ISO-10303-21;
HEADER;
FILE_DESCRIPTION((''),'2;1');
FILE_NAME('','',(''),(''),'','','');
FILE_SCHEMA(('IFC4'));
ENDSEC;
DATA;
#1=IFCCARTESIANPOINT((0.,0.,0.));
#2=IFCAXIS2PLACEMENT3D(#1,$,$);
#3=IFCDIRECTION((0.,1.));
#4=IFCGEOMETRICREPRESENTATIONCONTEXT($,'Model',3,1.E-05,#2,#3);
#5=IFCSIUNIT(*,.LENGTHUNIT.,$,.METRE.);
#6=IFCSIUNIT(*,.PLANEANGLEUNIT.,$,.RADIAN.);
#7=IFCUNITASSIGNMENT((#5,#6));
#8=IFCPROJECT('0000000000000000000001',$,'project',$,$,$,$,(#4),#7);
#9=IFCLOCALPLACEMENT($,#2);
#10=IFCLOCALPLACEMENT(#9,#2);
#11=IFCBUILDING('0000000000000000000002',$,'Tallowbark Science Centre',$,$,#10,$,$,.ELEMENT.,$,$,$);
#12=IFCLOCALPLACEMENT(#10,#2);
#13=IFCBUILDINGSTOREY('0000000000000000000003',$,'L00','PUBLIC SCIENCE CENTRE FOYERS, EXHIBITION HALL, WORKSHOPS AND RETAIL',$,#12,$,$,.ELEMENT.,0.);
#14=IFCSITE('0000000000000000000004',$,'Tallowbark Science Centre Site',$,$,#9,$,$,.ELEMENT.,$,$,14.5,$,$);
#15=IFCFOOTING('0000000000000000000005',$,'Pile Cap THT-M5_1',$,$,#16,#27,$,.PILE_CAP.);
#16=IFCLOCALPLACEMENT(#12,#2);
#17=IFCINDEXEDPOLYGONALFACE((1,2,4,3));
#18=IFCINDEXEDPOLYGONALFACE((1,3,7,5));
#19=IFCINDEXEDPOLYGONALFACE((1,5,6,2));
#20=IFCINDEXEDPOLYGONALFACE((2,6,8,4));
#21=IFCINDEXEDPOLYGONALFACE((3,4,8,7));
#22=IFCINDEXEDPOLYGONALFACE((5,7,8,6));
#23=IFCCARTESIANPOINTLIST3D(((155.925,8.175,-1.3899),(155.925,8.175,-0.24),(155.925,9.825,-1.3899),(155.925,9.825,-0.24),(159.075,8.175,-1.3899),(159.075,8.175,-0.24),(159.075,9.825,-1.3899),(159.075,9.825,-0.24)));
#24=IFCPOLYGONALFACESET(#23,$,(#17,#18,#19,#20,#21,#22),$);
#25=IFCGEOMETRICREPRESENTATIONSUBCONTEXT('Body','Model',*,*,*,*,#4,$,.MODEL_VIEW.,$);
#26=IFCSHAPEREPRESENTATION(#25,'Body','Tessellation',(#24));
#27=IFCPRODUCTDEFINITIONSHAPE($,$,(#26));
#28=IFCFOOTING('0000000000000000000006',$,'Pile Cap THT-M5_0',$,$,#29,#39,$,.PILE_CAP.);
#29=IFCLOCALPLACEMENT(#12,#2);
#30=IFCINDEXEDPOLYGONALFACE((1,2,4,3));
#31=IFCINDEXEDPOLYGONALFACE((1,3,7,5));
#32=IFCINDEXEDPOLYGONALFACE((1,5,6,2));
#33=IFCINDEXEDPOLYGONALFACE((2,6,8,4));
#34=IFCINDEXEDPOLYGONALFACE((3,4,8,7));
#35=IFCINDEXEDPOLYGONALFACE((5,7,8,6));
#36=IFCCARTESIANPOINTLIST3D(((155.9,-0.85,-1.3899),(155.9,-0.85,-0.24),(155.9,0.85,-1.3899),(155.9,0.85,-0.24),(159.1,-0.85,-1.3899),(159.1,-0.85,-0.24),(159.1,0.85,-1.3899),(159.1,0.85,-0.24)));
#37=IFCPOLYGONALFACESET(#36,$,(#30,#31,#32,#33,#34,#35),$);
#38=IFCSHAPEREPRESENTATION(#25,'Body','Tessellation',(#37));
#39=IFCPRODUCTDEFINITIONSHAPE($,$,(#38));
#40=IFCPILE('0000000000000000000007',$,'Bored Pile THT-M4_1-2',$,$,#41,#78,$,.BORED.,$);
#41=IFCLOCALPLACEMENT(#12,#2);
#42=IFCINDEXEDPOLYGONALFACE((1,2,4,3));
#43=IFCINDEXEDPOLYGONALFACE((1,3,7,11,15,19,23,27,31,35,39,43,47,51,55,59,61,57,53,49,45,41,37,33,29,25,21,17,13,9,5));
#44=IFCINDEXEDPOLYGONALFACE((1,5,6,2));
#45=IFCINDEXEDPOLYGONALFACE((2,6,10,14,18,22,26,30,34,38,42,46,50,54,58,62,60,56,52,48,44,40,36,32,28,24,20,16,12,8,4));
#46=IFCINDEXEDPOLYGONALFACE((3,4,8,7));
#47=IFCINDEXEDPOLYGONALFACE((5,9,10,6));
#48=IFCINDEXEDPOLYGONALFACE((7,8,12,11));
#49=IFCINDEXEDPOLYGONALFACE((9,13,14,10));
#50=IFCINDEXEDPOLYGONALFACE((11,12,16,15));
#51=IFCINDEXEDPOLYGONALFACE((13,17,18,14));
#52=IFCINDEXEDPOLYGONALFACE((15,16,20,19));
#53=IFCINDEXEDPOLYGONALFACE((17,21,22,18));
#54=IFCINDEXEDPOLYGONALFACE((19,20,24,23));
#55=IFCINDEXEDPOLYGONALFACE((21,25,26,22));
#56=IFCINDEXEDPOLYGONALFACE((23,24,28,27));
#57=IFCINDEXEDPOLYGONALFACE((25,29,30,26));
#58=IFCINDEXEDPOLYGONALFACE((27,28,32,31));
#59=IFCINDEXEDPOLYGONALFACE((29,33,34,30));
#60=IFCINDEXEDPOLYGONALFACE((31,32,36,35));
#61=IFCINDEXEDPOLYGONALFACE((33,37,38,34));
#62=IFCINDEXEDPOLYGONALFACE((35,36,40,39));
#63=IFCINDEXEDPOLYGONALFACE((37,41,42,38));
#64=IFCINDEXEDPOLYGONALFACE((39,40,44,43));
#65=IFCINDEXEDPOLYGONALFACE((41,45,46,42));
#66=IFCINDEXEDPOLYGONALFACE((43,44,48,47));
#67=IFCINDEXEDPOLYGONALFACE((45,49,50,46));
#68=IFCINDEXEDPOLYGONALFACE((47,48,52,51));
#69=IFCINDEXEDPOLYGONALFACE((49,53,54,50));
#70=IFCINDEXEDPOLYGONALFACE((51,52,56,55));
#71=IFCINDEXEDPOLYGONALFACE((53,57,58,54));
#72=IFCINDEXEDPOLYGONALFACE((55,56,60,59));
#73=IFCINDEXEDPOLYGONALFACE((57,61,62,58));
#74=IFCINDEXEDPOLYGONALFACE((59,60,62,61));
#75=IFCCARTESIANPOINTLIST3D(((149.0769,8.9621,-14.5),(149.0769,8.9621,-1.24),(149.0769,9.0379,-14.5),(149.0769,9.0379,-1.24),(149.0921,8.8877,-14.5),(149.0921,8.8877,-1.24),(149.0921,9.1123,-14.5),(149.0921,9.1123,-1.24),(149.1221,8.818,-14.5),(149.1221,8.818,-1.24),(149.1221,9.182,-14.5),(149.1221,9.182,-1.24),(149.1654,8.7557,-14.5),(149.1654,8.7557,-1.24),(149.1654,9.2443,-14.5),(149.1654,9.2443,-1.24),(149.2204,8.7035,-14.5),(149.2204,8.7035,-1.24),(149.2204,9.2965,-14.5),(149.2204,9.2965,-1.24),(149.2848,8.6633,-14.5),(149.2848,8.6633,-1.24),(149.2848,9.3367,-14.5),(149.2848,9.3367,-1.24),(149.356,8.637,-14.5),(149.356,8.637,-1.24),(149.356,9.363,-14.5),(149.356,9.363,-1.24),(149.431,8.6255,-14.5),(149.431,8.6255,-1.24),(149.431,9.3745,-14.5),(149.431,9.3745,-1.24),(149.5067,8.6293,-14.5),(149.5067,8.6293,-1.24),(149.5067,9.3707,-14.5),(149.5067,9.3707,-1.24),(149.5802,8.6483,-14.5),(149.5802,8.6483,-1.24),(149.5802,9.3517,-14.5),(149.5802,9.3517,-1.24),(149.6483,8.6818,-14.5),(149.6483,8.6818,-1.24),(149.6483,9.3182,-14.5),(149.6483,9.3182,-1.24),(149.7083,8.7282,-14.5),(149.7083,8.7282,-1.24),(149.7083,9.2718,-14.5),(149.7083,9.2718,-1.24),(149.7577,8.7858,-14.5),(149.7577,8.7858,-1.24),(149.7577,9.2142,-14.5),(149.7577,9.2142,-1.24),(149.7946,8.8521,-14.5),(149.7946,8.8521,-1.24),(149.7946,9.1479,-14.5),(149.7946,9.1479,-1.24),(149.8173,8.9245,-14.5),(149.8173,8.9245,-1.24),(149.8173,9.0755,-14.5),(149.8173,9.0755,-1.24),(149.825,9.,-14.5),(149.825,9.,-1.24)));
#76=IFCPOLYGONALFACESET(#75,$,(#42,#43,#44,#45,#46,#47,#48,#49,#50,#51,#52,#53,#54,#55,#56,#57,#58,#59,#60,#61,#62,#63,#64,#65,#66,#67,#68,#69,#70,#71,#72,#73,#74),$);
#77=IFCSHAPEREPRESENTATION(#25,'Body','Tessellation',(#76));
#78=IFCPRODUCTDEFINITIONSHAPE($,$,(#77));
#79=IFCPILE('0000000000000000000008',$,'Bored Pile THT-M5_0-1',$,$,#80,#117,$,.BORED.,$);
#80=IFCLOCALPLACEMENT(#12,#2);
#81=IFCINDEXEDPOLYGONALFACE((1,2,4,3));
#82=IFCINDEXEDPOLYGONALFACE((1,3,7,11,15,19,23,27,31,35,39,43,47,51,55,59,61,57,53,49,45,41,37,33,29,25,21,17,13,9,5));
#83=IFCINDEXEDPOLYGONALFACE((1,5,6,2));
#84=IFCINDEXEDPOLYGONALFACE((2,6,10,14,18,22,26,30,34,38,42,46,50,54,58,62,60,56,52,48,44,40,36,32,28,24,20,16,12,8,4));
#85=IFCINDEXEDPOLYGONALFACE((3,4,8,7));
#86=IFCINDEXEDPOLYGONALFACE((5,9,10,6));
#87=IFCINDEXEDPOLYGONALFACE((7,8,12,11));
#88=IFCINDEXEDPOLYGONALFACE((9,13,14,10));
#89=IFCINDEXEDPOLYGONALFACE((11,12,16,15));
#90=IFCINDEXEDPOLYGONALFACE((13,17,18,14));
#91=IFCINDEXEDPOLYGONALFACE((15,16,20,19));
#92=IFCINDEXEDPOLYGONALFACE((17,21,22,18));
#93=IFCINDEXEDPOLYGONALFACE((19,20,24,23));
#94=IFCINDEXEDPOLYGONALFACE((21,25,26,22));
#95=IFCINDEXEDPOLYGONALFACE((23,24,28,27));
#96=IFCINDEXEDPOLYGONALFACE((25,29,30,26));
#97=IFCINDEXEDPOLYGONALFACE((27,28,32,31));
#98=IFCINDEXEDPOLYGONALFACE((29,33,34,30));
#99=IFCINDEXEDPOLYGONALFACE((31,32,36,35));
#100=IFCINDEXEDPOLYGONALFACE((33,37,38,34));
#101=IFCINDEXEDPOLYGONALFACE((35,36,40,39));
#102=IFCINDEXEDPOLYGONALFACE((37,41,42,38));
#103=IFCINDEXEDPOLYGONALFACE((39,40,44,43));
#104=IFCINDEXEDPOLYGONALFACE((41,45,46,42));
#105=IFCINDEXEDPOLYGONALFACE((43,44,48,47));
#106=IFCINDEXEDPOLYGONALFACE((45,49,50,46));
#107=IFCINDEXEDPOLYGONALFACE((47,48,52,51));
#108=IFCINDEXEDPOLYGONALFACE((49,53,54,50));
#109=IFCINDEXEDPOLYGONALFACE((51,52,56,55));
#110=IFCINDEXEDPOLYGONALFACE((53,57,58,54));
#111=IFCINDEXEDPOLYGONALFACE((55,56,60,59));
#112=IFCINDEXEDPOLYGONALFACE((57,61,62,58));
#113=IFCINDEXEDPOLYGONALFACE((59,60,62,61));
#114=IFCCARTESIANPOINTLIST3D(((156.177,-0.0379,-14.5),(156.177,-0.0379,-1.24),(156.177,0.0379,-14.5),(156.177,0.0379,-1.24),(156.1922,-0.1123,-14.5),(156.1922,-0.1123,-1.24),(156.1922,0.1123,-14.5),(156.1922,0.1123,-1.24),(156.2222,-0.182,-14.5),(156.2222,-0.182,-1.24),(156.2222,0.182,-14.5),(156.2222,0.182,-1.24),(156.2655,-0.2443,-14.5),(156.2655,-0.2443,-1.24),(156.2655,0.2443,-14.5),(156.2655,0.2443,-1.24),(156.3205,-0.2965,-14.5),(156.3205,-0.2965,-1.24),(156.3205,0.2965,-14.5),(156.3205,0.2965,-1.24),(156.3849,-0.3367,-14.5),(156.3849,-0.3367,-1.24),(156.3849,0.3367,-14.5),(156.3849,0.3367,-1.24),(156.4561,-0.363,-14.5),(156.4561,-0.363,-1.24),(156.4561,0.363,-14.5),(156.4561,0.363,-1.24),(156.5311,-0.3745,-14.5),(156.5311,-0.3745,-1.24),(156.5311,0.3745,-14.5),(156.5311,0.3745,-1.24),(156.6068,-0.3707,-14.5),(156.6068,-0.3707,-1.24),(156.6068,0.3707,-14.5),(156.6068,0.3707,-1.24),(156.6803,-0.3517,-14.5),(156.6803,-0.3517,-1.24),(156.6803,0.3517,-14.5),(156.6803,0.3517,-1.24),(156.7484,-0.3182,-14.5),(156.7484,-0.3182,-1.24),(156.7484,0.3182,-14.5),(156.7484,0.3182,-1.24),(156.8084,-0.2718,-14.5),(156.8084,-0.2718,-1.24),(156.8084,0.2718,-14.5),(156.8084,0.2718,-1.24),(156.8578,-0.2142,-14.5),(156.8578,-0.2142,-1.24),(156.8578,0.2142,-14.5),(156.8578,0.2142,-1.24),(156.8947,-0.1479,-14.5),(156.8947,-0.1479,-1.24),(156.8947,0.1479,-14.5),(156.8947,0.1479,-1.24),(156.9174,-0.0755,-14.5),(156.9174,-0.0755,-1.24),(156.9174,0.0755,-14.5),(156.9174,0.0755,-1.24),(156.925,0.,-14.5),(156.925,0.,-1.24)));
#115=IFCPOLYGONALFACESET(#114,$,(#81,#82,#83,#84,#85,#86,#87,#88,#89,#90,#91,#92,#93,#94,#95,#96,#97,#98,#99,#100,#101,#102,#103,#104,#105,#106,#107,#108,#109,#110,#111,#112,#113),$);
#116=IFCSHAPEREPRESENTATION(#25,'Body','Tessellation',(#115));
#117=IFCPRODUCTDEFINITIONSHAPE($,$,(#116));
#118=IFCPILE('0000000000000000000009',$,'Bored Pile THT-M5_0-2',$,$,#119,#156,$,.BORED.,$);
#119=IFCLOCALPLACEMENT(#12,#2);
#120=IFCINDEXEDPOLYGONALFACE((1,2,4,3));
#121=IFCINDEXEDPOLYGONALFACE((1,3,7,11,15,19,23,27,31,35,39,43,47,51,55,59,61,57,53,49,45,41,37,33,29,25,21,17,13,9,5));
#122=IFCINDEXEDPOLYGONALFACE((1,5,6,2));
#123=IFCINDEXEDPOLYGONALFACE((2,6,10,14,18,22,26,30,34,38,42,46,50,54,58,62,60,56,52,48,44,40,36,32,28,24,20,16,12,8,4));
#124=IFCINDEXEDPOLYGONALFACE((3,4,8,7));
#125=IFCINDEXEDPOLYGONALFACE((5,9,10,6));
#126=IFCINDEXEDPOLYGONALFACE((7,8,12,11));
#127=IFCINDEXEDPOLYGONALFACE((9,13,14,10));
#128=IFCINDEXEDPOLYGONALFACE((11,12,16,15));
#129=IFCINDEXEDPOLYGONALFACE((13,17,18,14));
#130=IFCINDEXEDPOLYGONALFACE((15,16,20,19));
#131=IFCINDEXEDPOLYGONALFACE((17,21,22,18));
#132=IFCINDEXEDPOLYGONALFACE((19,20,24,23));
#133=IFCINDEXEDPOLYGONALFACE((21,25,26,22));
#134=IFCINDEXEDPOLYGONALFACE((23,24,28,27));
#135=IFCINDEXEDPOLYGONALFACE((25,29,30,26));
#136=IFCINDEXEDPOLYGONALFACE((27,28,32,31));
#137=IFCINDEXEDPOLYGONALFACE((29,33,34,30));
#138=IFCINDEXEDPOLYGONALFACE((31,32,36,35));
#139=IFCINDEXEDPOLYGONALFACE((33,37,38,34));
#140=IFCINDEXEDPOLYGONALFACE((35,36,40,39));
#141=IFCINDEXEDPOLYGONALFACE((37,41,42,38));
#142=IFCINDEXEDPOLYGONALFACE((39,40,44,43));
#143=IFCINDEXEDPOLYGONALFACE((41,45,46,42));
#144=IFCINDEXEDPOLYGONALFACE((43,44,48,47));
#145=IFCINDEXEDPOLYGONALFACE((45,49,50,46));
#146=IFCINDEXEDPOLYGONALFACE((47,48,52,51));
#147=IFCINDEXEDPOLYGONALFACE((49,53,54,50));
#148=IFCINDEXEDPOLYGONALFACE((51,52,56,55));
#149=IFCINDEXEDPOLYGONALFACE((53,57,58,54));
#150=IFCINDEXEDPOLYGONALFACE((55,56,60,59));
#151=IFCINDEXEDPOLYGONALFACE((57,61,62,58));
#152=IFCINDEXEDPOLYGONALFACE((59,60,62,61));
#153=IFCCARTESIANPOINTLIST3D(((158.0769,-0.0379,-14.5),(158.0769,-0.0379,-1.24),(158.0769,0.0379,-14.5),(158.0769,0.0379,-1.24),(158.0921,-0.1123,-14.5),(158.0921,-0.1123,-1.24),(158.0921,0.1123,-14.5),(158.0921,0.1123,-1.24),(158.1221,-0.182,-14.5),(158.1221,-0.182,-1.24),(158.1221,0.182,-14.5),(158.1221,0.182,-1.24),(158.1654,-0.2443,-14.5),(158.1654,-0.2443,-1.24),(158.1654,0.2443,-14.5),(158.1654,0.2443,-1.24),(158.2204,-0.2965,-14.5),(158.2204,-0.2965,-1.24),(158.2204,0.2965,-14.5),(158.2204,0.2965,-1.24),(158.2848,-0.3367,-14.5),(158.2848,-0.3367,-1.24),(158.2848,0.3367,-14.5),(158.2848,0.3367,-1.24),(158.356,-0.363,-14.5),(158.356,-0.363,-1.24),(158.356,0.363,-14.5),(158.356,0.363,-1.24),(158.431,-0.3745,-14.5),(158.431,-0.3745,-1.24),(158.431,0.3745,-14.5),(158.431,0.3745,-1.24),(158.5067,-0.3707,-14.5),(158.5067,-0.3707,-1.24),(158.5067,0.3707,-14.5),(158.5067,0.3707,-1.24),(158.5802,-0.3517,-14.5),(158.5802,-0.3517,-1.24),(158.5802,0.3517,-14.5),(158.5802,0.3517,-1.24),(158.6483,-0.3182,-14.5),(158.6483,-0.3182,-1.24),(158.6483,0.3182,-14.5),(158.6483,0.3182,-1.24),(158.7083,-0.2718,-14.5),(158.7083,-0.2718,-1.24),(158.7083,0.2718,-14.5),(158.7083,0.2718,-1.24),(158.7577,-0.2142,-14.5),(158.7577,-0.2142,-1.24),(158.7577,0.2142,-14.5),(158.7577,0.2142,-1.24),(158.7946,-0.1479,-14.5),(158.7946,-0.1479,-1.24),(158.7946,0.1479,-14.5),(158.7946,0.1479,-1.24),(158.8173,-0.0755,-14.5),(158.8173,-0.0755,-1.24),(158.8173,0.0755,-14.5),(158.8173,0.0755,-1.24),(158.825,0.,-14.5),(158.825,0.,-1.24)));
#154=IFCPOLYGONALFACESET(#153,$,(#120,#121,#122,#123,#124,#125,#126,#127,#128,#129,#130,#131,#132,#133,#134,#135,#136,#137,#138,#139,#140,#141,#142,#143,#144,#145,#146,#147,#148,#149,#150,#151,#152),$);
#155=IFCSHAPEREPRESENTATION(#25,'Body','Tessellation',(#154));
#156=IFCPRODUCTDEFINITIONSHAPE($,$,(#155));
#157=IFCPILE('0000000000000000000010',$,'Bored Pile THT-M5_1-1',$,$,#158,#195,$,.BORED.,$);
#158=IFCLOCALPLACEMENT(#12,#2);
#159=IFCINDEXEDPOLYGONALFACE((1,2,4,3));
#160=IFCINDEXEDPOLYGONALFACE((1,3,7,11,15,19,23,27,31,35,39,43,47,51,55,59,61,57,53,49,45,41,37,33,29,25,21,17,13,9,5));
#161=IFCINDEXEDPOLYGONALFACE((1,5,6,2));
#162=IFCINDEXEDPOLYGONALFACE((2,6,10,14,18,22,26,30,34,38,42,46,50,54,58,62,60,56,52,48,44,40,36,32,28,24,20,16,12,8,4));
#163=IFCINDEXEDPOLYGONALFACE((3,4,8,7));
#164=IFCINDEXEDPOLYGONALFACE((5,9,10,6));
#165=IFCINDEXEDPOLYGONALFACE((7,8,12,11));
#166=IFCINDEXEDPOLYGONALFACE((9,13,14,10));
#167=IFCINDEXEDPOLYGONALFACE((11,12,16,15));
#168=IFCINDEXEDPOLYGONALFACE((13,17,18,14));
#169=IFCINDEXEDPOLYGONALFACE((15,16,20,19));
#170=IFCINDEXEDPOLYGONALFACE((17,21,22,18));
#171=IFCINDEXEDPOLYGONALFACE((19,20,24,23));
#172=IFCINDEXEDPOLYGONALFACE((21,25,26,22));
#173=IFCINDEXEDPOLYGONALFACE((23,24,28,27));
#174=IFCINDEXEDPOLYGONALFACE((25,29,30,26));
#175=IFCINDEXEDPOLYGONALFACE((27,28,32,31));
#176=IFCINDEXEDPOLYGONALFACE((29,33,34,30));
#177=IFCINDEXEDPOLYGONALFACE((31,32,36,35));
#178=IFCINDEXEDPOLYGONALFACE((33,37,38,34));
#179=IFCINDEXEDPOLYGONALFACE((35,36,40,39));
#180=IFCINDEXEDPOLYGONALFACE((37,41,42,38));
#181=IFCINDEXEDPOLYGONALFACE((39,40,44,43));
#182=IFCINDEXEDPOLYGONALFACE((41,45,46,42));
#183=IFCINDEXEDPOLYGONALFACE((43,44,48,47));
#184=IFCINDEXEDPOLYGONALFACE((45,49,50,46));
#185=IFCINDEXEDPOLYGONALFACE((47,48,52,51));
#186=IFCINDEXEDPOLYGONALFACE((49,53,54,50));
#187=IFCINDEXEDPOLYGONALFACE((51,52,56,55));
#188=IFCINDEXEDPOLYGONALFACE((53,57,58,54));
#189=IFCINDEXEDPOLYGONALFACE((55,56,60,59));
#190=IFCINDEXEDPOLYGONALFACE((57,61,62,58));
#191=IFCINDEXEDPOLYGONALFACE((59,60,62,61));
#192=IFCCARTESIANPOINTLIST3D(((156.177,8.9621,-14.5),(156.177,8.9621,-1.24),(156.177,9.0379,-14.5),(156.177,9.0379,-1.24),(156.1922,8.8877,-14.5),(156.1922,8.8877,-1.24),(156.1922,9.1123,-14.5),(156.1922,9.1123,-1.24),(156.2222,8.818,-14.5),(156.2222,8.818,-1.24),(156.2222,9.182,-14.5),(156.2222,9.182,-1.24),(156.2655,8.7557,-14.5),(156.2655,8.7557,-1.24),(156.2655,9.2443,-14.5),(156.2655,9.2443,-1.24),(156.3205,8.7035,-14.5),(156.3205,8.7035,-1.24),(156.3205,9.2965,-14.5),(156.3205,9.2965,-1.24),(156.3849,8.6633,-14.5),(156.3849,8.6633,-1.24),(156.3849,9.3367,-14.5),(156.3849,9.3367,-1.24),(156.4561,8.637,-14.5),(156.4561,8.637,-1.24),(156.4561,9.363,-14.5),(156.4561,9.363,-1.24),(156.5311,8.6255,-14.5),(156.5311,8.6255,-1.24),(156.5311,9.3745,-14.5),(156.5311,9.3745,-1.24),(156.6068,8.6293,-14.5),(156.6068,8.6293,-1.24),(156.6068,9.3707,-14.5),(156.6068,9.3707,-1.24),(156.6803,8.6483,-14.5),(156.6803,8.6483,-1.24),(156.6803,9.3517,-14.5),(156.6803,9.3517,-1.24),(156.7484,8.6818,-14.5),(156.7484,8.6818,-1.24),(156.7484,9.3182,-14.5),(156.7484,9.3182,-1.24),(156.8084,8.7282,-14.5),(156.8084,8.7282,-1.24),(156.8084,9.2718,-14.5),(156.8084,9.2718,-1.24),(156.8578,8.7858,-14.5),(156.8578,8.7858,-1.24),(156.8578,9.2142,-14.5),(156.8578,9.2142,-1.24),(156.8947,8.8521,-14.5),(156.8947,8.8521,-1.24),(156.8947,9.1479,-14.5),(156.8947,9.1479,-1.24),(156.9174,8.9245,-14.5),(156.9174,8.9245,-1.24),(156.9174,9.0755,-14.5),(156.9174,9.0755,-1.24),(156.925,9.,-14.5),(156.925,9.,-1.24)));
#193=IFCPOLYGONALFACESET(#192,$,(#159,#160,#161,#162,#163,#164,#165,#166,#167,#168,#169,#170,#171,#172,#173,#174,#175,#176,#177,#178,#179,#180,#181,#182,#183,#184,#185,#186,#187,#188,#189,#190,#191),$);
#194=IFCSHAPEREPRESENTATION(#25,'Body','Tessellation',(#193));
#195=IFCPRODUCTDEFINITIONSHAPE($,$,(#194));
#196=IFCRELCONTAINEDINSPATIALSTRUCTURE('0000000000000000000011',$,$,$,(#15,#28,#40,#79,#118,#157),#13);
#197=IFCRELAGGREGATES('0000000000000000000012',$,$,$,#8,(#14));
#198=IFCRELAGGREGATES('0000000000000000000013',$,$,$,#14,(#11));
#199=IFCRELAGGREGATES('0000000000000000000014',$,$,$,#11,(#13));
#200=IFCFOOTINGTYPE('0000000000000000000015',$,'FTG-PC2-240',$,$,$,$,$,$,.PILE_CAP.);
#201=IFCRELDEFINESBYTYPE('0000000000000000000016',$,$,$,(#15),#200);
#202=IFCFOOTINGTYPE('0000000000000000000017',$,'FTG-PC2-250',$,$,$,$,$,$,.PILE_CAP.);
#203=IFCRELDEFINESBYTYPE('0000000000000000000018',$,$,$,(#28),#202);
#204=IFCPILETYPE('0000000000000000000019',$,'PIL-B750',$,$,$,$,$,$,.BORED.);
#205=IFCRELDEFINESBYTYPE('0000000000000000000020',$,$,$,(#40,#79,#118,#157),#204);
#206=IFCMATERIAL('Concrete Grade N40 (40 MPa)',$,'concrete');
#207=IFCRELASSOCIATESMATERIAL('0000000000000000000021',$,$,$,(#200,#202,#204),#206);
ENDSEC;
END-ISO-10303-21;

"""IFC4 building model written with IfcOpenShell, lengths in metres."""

from ifc_helpers import new_model, si_unit, direction, frame, origin, origin_2d, place, context, subcontext, project, spatial, rectangle, circle, extrude, material, material_profile, profile_set, type_object, element, save


model = new_model("IFC4")

# Units and contexts
model_context = context("Model", 3, precision=1e-05, world=origin(), true_north=direction((0.0, 1.0)))
body_context = subcontext(model_context, "Body", "Model", "MODEL_VIEW")
ifc_project = project(units=[si_unit("LENGTHUNIT", "METRE"), si_unit("PLANEANGLEUNIT", "RADIAN")], contexts=[model_context])

# Site, building, storey
site_placement = place(None, origin())
site = spatial("IfcSite", under=ifc_project, at=site_placement, Name="Tallowbark Science Centre Site", CompositionType="ELEMENT", RefElevation=14.5)
building_placement = place(site_placement, origin())
building = spatial("IfcBuilding", under=site, at=building_placement, Name="Tallowbark Science Centre", CompositionType="ELEMENT")
storey_placement = place(building_placement, origin())
storey = spatial("IfcBuildingStorey", under=building, at=storey_placement, Name="L00", Description="PUBLIC SCIENCE CENTRE FOYERS, EXHIBITION HALL, WORKSHOPS AND RETAIL", CompositionType="ELEMENT", Elevation=0.0)

# Footings
ifc_material_1 = material(Name="Concrete Grade N40 (40 MPa)", Category="concrete")
footing_type_1 = type_object("IfcFootingType", Name="FTG-PC2-240", PredefinedType="PILE_CAP", material=ifc_material_1)
footing_1_placement = place(storey_placement, frame((157.5, 9.0, -1.3899), z_axis=(0.0, 0.0, 1.0), x_axis=(1.0, 0.0, 0.0)))
element("IfcFooting", 1, at=footing_1_placement, inside=storey, type_object=footing_type_1, Name="Pile Cap THT-M5_1", PredefinedType="PILE_CAP", context=body_context, shape_type="SweptSolid", body=[
    extrude(rectangle(XDim=3.1499, YDim=1.6499, at=origin_2d()), origin(), (0.0, 0.0, 1.0), 1.1499),
])
footing_type_2 = type_object("IfcFootingType", Name="FTG-PC2-250", PredefinedType="PILE_CAP", material=ifc_material_1)
footing_2_placement = place(storey_placement, frame((157.5, 0.0, -1.3899), z_axis=(0.0, 0.0, 1.0), x_axis=(1.0, 0.0, 0.0)))
element("IfcFooting", 2, at=footing_2_placement, inside=storey, type_object=footing_type_2, Name="Pile Cap THT-M5_0", PredefinedType="PILE_CAP", context=body_context, shape_type="SweptSolid", body=[
    extrude(rectangle(XDim=3.2, YDim=1.7, at=origin_2d()), origin(), (0.0, 0.0, 1.0), 1.1499),
])

# Piles
ifc_material_profile_1 = material_profile(ifc_material_1, circle(Radius=0.375, at=origin_2d()), Name="PILE750")
ifc_profile_set_1 = profile_set([ifc_material_profile_1], Name="Concrete Grade N40 (40 MPa)")
pile_type = type_object("IfcPileType", Name="PIL-B750", PredefinedType="BORED", material=ifc_profile_set_1)
for number, where, z_axis, x_axis, name in (
    (3, (149.45, 9.0, -1.24), (0.0, 0.0, -1.0), (1.0, 0.0, 0.0), "Bored Pile THT-M4_1-2"),
    (4, (156.55, 0.0, -1.24), (0.0, 0.0, -1.0), (1.0, 0.0, 0.0), "Bored Pile THT-M5_0-1"),
    (5, (158.45, 0.0, -1.24), (0.0, 0.0, -1.0), (1.0, 0.0, 0.0), "Bored Pile THT-M5_0-2"),
    (6, (156.55, 9.0, -1.24), (0.0, 0.0, -1.0), (1.0, 0.0, 0.0), "Bored Pile THT-M5_1-1"),
):
    element("IfcPile", number, at=place(storey_placement, frame(where, z_axis=z_axis, x_axis=x_axis)), inside=storey, type_object=pile_type, Name=name, PredefinedType="BORED", context=body_context, shape_type="SweptSolid", body=[
        extrude(circle(Radius=0.375, at=origin_2d()), origin(), (0.0, 0.0, 1.0), 13.26),
    ])

save(model, "model.ifc")
